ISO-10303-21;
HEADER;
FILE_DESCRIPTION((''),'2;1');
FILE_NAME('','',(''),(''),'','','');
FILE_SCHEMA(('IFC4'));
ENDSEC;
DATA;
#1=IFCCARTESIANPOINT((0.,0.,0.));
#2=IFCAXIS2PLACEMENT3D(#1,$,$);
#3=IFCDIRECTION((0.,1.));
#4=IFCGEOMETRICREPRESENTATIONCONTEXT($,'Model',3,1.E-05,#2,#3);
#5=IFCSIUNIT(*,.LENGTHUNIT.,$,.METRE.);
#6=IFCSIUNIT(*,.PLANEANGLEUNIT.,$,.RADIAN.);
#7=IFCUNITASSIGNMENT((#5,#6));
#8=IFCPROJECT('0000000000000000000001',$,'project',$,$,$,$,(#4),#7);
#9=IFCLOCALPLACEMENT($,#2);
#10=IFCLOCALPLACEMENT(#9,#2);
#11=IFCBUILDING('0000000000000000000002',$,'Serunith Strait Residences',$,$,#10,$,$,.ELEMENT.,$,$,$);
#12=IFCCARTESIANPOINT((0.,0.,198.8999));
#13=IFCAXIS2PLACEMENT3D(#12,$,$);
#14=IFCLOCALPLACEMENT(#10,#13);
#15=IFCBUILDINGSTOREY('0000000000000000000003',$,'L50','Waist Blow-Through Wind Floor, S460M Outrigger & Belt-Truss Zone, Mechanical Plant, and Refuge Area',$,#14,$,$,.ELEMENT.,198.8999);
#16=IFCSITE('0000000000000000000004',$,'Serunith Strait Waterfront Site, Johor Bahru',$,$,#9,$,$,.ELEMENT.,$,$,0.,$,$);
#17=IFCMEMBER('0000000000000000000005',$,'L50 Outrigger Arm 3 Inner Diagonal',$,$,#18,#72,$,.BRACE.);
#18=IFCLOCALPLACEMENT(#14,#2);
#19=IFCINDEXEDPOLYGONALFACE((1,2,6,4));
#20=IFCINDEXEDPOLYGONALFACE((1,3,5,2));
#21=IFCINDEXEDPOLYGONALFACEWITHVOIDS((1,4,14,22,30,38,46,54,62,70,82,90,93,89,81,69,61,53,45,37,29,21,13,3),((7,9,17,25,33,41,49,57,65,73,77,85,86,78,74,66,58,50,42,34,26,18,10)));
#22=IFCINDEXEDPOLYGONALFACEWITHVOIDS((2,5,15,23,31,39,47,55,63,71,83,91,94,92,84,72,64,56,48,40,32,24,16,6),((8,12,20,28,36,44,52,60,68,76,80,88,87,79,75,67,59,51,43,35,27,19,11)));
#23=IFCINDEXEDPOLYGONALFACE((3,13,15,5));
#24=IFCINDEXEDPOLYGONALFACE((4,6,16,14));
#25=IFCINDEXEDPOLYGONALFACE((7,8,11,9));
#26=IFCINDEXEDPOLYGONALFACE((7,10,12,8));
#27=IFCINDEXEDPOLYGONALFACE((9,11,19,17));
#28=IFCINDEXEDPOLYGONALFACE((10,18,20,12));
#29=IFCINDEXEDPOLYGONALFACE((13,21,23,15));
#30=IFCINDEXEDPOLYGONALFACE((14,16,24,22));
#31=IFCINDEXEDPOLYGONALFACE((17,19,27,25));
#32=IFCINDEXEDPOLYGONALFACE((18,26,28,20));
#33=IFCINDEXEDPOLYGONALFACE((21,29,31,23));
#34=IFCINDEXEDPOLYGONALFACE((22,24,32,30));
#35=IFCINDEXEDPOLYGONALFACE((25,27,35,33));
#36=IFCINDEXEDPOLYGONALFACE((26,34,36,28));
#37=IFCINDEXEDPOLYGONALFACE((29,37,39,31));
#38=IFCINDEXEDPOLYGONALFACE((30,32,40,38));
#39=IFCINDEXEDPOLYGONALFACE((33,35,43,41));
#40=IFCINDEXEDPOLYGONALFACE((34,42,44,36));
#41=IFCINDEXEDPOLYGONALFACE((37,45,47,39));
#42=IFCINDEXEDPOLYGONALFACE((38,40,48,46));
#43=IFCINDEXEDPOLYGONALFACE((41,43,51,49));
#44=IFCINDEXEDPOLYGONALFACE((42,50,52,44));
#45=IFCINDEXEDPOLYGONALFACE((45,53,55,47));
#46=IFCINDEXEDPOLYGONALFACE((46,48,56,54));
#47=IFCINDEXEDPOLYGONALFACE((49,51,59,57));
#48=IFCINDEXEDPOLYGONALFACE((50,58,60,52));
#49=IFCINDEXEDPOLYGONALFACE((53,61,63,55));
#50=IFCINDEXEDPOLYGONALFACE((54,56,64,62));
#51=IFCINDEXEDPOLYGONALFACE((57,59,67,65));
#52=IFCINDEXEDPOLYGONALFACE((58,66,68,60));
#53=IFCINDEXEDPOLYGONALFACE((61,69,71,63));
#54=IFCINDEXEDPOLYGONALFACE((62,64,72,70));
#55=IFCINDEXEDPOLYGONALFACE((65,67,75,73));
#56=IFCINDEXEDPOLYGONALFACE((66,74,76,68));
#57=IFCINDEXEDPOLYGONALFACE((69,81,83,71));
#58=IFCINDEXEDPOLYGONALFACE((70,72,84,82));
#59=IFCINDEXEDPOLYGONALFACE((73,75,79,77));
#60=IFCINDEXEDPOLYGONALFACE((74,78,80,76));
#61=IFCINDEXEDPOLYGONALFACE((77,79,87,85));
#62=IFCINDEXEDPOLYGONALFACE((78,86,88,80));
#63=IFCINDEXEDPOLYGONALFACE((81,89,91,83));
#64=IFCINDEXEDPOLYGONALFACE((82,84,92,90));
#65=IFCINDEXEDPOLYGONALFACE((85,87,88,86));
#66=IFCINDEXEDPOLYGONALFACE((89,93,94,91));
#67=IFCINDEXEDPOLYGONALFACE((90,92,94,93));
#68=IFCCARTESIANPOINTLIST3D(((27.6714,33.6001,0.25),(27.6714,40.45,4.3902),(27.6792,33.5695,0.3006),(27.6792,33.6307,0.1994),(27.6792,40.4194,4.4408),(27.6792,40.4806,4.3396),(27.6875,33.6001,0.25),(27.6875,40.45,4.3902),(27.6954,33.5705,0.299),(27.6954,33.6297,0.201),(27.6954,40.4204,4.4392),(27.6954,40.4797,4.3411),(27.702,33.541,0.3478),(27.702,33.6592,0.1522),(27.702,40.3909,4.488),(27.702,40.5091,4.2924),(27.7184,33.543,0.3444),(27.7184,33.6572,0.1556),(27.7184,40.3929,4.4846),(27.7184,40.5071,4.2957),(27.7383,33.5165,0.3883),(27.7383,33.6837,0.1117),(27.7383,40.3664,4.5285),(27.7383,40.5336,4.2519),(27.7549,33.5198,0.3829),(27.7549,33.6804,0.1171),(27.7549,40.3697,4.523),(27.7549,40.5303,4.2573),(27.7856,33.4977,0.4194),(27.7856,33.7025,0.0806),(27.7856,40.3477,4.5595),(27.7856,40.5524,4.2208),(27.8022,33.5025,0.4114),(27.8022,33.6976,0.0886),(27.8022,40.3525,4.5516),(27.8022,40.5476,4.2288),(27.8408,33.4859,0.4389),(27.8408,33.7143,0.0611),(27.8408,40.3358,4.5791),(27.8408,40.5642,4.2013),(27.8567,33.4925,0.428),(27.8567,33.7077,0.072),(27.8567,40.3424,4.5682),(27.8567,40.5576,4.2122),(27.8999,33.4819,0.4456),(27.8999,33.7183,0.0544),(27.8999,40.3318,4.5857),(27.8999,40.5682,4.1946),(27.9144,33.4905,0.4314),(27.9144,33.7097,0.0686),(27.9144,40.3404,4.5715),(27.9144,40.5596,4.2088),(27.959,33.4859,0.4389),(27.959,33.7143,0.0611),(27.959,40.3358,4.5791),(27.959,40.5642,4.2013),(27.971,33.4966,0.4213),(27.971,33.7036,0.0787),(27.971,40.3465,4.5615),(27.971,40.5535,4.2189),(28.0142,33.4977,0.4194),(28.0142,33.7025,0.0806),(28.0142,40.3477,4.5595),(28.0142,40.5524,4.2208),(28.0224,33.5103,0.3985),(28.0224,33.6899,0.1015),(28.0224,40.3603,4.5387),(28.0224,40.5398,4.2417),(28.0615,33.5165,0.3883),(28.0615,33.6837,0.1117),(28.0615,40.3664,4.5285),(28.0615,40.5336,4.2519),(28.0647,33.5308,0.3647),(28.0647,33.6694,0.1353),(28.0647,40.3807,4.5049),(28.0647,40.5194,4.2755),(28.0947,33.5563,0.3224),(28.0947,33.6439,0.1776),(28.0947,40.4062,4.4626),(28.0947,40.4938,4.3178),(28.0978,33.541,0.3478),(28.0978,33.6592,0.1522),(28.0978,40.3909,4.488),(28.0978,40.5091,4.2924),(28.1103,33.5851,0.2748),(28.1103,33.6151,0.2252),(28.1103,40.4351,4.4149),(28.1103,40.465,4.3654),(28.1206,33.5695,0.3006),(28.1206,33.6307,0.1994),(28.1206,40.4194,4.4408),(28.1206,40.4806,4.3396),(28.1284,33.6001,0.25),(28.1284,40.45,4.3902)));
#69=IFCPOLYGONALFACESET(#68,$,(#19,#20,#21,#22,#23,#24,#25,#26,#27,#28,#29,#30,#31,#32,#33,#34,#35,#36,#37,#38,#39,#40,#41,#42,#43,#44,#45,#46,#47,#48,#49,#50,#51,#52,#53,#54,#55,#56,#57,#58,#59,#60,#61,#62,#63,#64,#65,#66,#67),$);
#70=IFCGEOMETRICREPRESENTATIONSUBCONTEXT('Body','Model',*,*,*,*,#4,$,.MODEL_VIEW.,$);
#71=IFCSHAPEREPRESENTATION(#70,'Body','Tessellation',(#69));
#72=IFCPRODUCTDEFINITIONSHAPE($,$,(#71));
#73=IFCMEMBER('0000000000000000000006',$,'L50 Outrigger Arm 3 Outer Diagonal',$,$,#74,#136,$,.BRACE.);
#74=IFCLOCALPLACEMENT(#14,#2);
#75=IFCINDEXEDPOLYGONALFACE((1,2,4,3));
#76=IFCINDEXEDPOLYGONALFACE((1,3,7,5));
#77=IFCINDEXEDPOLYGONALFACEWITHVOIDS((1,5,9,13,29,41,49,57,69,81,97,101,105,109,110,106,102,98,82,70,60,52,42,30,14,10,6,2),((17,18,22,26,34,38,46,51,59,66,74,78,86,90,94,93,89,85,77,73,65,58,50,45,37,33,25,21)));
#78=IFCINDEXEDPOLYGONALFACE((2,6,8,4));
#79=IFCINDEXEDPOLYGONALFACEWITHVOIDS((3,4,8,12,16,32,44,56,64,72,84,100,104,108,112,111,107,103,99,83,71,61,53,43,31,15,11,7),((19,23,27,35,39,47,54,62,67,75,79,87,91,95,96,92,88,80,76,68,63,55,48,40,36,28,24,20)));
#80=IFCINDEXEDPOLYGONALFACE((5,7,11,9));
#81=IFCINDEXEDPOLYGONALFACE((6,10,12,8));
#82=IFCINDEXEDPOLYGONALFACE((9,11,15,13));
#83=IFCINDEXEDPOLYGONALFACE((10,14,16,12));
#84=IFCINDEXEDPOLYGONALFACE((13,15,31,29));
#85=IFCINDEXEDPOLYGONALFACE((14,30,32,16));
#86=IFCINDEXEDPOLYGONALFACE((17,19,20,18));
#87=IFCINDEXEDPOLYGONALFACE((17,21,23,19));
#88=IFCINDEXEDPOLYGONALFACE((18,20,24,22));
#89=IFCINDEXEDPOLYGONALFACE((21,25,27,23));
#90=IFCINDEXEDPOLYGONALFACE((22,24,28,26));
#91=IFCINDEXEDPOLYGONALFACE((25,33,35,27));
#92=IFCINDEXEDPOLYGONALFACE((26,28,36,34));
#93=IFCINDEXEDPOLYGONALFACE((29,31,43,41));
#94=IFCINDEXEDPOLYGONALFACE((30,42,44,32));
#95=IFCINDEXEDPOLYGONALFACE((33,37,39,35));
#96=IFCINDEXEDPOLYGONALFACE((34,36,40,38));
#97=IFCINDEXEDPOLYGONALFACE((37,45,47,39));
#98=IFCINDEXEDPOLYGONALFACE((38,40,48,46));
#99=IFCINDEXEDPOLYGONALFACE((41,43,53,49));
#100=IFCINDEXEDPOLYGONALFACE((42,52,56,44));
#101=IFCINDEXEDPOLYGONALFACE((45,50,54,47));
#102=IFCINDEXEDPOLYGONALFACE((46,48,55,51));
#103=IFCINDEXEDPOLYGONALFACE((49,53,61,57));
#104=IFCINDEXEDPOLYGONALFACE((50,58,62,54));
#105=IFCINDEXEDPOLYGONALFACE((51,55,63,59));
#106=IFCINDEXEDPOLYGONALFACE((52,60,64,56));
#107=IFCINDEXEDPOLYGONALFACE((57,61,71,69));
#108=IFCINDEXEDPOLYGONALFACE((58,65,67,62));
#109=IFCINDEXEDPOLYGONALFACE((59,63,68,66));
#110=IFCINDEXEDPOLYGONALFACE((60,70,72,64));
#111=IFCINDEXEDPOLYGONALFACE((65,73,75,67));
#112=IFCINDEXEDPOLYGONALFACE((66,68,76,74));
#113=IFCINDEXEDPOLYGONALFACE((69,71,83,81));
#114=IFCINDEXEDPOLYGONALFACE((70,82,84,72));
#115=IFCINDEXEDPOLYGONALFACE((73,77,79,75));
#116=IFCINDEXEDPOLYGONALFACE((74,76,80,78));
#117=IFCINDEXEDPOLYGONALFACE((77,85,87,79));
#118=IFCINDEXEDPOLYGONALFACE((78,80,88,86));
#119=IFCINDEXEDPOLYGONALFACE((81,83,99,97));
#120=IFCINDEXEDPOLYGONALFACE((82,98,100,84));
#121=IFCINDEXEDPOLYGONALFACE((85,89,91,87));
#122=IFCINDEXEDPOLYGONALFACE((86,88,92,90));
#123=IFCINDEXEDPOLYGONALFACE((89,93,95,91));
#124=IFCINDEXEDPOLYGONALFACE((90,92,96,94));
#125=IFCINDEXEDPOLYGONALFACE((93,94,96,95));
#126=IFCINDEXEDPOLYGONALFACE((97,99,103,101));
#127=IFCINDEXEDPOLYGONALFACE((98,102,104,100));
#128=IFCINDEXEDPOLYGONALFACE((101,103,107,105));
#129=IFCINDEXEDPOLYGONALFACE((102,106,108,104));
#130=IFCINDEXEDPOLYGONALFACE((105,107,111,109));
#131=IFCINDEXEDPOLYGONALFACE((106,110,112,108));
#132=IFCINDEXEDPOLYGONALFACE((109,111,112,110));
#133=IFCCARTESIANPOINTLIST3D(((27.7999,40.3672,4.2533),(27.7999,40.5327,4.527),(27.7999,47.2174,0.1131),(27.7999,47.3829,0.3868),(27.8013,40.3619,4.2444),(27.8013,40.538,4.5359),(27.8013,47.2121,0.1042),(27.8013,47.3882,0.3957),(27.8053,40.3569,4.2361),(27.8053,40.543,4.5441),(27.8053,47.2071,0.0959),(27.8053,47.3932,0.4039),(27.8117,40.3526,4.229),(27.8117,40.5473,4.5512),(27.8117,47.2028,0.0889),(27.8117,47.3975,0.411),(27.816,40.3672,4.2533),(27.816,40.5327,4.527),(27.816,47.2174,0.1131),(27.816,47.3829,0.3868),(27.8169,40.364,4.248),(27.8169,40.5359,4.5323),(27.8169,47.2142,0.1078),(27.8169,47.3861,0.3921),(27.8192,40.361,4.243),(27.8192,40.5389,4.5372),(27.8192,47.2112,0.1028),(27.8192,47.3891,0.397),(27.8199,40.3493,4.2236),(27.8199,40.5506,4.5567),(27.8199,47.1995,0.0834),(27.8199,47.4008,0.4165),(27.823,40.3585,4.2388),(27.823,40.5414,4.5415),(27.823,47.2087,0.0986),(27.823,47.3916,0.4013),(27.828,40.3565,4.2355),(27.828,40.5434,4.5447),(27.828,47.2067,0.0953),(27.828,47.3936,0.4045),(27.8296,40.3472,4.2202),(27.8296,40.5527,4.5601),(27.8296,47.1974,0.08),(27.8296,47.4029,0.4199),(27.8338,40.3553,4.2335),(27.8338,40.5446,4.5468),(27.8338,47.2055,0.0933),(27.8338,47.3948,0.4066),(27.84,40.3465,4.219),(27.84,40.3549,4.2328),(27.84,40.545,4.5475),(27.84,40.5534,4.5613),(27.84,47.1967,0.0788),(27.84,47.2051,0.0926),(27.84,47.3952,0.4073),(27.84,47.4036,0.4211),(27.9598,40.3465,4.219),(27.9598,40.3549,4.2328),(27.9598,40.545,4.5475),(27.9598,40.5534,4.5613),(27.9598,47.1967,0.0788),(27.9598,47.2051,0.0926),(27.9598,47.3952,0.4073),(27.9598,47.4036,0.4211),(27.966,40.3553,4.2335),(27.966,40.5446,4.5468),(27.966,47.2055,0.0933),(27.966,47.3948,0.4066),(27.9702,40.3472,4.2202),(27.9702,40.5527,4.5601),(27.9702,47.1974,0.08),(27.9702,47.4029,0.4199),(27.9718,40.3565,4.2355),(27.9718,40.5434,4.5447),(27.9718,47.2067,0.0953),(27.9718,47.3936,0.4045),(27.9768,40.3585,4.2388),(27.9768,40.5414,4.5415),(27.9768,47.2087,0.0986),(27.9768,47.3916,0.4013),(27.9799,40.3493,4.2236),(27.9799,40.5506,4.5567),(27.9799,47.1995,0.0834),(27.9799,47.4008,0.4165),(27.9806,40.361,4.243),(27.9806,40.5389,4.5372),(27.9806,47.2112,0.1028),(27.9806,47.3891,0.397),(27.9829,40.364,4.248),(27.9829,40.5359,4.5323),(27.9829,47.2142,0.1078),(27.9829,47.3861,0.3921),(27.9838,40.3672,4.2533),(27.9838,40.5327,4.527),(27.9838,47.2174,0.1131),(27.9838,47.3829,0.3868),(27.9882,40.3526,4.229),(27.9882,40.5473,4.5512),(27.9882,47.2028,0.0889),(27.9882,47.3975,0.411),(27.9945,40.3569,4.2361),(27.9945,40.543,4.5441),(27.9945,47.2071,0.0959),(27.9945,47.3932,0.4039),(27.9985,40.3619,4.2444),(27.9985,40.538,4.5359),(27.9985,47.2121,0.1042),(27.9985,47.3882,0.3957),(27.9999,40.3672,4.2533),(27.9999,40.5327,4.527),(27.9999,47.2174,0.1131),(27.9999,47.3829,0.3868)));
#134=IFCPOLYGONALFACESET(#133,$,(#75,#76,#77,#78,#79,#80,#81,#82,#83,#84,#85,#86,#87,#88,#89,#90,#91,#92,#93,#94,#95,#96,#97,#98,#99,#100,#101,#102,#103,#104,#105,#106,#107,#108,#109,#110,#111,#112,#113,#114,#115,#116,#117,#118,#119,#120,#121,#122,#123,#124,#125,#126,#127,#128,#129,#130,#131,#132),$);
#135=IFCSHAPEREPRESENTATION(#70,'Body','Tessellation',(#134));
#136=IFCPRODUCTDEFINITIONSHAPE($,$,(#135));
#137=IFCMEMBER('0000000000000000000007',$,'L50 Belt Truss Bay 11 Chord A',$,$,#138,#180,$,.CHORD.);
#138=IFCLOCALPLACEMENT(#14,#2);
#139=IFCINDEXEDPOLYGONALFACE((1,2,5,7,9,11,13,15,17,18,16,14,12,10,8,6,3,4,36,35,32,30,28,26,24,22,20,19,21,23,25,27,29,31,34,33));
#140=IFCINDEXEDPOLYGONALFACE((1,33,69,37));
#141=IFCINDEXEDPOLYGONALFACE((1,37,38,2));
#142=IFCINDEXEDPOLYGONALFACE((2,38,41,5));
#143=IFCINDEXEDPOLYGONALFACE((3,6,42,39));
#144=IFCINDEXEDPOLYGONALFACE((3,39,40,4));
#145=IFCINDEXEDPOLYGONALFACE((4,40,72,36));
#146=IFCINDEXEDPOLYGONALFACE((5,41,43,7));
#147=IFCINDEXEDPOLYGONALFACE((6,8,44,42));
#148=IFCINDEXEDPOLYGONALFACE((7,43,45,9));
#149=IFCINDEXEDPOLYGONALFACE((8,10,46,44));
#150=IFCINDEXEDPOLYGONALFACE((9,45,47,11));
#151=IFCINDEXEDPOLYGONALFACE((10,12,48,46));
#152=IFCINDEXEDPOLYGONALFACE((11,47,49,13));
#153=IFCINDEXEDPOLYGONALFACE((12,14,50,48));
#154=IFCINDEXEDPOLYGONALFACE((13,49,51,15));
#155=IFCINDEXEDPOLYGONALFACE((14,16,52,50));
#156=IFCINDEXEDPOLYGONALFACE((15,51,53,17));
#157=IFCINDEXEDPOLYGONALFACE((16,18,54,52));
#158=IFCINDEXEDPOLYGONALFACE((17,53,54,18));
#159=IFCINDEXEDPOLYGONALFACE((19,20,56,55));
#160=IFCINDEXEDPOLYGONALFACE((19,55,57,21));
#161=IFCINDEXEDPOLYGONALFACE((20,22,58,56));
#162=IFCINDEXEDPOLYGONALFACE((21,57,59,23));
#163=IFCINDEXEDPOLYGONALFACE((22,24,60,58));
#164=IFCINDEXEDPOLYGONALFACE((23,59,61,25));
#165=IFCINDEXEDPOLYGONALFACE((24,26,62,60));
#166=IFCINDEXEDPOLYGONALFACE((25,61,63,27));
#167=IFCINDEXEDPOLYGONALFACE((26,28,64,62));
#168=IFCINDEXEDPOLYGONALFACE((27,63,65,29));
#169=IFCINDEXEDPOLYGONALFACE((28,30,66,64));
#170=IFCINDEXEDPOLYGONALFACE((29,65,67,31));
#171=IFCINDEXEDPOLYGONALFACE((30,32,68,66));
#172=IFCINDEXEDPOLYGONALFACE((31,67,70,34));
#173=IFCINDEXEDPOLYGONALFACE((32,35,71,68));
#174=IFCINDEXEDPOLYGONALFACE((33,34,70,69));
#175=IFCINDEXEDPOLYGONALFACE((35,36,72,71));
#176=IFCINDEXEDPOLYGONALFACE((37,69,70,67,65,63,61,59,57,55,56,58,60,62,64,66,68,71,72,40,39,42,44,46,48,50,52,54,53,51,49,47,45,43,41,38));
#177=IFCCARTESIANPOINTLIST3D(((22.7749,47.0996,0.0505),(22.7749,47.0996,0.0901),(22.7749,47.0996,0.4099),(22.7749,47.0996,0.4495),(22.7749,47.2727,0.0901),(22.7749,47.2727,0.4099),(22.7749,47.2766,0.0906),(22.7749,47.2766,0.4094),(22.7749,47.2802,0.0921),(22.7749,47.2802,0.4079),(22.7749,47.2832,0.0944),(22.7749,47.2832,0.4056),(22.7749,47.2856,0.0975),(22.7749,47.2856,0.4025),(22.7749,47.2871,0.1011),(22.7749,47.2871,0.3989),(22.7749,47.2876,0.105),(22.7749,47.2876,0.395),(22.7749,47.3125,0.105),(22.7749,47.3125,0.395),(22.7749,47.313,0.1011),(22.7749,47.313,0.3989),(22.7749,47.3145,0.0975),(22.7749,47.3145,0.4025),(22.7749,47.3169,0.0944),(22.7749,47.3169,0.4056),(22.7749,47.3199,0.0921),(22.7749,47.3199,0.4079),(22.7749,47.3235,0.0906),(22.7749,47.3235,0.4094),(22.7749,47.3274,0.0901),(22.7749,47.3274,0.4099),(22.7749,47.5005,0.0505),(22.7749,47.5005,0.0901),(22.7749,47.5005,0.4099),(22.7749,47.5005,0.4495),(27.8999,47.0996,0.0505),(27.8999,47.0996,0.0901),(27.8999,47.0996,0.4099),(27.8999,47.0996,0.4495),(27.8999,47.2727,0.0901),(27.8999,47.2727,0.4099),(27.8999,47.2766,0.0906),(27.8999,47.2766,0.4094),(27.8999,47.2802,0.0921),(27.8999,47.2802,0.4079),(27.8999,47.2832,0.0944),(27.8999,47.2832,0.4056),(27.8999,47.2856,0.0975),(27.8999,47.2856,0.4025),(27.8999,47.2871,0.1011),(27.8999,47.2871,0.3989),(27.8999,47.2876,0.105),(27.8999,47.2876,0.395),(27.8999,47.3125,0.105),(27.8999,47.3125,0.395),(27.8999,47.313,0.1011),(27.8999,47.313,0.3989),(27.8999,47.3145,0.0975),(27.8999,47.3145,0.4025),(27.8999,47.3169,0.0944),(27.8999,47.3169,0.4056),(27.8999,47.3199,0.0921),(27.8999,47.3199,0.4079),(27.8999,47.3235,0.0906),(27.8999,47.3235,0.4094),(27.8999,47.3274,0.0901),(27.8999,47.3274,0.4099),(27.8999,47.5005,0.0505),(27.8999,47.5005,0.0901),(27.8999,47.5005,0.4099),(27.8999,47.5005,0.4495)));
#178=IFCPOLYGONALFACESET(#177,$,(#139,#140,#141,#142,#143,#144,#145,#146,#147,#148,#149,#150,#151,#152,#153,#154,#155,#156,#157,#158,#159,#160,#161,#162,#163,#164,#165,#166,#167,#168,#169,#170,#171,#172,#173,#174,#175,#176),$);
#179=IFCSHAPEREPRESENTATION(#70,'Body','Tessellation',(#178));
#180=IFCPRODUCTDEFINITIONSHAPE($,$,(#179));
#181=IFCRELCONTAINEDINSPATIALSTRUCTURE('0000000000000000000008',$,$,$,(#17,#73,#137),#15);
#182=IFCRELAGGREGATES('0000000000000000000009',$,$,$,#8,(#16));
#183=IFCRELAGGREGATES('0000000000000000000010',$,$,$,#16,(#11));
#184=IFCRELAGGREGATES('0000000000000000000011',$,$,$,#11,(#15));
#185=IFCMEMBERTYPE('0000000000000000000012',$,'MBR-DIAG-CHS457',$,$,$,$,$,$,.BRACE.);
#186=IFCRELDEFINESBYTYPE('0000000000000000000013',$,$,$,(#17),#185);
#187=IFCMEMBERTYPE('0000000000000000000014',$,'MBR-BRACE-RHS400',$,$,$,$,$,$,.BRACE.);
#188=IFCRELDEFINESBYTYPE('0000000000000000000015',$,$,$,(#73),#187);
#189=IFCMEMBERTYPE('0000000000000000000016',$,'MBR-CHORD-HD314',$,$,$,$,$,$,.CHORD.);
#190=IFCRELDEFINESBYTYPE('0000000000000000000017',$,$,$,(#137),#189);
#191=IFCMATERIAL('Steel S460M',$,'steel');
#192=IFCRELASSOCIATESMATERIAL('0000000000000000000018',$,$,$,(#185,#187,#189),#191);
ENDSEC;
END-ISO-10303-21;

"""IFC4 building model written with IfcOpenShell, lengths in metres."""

from ifc_helpers import new_model, si_unit, direction, frame, origin, origin_2d, place, context, subcontext, project, spatial, hollow_rectangle, hollow_circle, i_section, extrude, source, transform, mapped, material, material_profile, profile_set, type_object, element, save


model = new_model("IFC4")

# Units and contexts
model_context = context("Model", 3, precision=1e-05, world=origin(), true_north=direction((0.0, 1.0)))
body_context = subcontext(model_context, "Body", "Model", "MODEL_VIEW")
ifc_project = project(units=[si_unit("LENGTHUNIT", "METRE"), si_unit("PLANEANGLEUNIT", "RADIAN")], contexts=[model_context])

# Site, building, storey
site_placement = place(None, origin())
site = spatial("IfcSite", under=ifc_project, at=site_placement, Name="Serunith Strait Waterfront Site, Johor Bahru", CompositionType="ELEMENT", RefElevation=0.0)
building_placement = place(site_placement, origin())
building = spatial("IfcBuilding", under=site, at=building_placement, Name="Serunith Strait Residences", CompositionType="ELEMENT")
storey_placement = place(building_placement, frame((0.0, 0.0, 198.8999)))
storey = spatial("IfcBuildingStorey", under=building, at=storey_placement, Name="L50", Description="Waist Blow-Through Wind Floor, S460M Outrigger & Belt-Truss Zone, Mechanical Plant, and Refuge Area", CompositionType="ELEMENT", Elevation=198.8999)

# Members
ifc_material_1 = material(Name="Steel S460M", Category="steel")
ifc_material_profile_1 = material_profile(ifc_material_1, hollow_circle(Radius=0.2285, WallThickness=0.0161, at=origin_2d()), Name="CHS 457x16")
ifc_profile_set_1 = profile_set([ifc_material_profile_1], Name="Steel S460M")
member_type_1 = type_object("IfcMemberType", Name="MBR-DIAG-CHS457", PredefinedType="BRACE", material=ifc_profile_set_1)
shared_shape_1 = source(origin(), body_context, "Body", "SweptSolid", [
    extrude(hollow_circle(Radius=0.2285, WallThickness=0.0161, at=origin_2d()), origin(), (0.0, 0.0, 1.0), 8.0039),
])
member_1_placement = place(storey_placement, frame((27.8999, 33.6001, 0.25), z_axis=(0.0, 0.855822, 0.51727), x_axis=(-1.0, 0.0, 0.0)))
element("IfcMember", 1, at=member_1_placement, inside=storey, type_object=member_type_1, Name="L50 Outrigger Arm 3 Inner Diagonal", PredefinedType="BRACE", context=body_context, shape_type="MappedRepresentation", body=[
    mapped(shared_shape_1, transform((0.0, 0.0, 0.0), scale=1.0)),
])
ifc_material_profile_2 = material_profile(ifc_material_1, hollow_rectangle(XDim=0.2, YDim=0.3999, WallThickness=0.0161, InnerFilletRadius=0.0239, OuterFilletRadius=0.04, at=origin_2d()), Name="RHS 400x200x16")
ifc_profile_set_2 = profile_set([ifc_material_profile_2], Name="Steel S460M")
member_type_2 = type_object("IfcMemberType", Name="MBR-BRACE-RHS400", PredefinedType="BRACE", material=ifc_profile_set_2)
shared_shape_2 = source(origin(), body_context, "Body", "SweptSolid", [
    extrude(hollow_rectangle(XDim=0.2, YDim=0.3999, WallThickness=0.0161, InnerFilletRadius=0.0239, OuterFilletRadius=0.04, at=origin_2d()), origin(), (0.0, 0.0, 1.0), 8.0042),
])
member_2_placement = place(storey_placement, frame((27.8999, 40.45, 4.3901), z_axis=(0.0, 0.855831, -0.517256), x_axis=(-1.0, 0.0, 0.0)))
element("IfcMember", 2, at=member_2_placement, inside=storey, type_object=member_type_2, Name="L50 Outrigger Arm 3 Outer Diagonal", PredefinedType="BRACE", context=body_context, shape_type="MappedRepresentation", body=[
    mapped(shared_shape_2, transform((0.0, 0.0, 0.0), scale=1.0)),
])
ifc_material_profile_3 = material_profile(ifc_material_1, i_section(OverallWidth=0.4009, OverallDepth=0.3989, WebThickness=0.0249, FlangeThickness=0.0396, FilletRadius=0.0149, at=origin_2d()), Name="HD 400x314")
ifc_profile_set_3 = profile_set([ifc_material_profile_3], Name="Steel S460M")
member_type_3 = type_object("IfcMemberType", Name="MBR-CHORD-HD314", PredefinedType="CHORD", material=ifc_profile_set_3)
shared_shape_3 = source(origin(), body_context, "Body", "SweptSolid", [
    extrude(i_section(OverallWidth=0.4009, OverallDepth=0.3989, WebThickness=0.0249, FlangeThickness=0.0396, FilletRadius=0.0149, at=origin_2d()), origin(), (0.0, 0.0, 1.0), 5.125),
])
for number, where, z_axis, x_axis, name in (
    (3, (27.8999, 47.3, 0.25), (-1.0, 0.0, 0.0), (0.0, -1.0, 0.0), "L50 Belt Truss Bay 11 Chord A"),
):
    element("IfcMember", number, at=place(storey_placement, frame(where, z_axis=z_axis, x_axis=x_axis)), inside=storey, type_object=member_type_3, Name=name, PredefinedType="CHORD", context=body_context, shape_type="MappedRepresentation", body=[
        mapped(shared_shape_3, transform((0.0, 0.0, 0.0), scale=1.0)),
    ])

save(model, "model.ifc")
